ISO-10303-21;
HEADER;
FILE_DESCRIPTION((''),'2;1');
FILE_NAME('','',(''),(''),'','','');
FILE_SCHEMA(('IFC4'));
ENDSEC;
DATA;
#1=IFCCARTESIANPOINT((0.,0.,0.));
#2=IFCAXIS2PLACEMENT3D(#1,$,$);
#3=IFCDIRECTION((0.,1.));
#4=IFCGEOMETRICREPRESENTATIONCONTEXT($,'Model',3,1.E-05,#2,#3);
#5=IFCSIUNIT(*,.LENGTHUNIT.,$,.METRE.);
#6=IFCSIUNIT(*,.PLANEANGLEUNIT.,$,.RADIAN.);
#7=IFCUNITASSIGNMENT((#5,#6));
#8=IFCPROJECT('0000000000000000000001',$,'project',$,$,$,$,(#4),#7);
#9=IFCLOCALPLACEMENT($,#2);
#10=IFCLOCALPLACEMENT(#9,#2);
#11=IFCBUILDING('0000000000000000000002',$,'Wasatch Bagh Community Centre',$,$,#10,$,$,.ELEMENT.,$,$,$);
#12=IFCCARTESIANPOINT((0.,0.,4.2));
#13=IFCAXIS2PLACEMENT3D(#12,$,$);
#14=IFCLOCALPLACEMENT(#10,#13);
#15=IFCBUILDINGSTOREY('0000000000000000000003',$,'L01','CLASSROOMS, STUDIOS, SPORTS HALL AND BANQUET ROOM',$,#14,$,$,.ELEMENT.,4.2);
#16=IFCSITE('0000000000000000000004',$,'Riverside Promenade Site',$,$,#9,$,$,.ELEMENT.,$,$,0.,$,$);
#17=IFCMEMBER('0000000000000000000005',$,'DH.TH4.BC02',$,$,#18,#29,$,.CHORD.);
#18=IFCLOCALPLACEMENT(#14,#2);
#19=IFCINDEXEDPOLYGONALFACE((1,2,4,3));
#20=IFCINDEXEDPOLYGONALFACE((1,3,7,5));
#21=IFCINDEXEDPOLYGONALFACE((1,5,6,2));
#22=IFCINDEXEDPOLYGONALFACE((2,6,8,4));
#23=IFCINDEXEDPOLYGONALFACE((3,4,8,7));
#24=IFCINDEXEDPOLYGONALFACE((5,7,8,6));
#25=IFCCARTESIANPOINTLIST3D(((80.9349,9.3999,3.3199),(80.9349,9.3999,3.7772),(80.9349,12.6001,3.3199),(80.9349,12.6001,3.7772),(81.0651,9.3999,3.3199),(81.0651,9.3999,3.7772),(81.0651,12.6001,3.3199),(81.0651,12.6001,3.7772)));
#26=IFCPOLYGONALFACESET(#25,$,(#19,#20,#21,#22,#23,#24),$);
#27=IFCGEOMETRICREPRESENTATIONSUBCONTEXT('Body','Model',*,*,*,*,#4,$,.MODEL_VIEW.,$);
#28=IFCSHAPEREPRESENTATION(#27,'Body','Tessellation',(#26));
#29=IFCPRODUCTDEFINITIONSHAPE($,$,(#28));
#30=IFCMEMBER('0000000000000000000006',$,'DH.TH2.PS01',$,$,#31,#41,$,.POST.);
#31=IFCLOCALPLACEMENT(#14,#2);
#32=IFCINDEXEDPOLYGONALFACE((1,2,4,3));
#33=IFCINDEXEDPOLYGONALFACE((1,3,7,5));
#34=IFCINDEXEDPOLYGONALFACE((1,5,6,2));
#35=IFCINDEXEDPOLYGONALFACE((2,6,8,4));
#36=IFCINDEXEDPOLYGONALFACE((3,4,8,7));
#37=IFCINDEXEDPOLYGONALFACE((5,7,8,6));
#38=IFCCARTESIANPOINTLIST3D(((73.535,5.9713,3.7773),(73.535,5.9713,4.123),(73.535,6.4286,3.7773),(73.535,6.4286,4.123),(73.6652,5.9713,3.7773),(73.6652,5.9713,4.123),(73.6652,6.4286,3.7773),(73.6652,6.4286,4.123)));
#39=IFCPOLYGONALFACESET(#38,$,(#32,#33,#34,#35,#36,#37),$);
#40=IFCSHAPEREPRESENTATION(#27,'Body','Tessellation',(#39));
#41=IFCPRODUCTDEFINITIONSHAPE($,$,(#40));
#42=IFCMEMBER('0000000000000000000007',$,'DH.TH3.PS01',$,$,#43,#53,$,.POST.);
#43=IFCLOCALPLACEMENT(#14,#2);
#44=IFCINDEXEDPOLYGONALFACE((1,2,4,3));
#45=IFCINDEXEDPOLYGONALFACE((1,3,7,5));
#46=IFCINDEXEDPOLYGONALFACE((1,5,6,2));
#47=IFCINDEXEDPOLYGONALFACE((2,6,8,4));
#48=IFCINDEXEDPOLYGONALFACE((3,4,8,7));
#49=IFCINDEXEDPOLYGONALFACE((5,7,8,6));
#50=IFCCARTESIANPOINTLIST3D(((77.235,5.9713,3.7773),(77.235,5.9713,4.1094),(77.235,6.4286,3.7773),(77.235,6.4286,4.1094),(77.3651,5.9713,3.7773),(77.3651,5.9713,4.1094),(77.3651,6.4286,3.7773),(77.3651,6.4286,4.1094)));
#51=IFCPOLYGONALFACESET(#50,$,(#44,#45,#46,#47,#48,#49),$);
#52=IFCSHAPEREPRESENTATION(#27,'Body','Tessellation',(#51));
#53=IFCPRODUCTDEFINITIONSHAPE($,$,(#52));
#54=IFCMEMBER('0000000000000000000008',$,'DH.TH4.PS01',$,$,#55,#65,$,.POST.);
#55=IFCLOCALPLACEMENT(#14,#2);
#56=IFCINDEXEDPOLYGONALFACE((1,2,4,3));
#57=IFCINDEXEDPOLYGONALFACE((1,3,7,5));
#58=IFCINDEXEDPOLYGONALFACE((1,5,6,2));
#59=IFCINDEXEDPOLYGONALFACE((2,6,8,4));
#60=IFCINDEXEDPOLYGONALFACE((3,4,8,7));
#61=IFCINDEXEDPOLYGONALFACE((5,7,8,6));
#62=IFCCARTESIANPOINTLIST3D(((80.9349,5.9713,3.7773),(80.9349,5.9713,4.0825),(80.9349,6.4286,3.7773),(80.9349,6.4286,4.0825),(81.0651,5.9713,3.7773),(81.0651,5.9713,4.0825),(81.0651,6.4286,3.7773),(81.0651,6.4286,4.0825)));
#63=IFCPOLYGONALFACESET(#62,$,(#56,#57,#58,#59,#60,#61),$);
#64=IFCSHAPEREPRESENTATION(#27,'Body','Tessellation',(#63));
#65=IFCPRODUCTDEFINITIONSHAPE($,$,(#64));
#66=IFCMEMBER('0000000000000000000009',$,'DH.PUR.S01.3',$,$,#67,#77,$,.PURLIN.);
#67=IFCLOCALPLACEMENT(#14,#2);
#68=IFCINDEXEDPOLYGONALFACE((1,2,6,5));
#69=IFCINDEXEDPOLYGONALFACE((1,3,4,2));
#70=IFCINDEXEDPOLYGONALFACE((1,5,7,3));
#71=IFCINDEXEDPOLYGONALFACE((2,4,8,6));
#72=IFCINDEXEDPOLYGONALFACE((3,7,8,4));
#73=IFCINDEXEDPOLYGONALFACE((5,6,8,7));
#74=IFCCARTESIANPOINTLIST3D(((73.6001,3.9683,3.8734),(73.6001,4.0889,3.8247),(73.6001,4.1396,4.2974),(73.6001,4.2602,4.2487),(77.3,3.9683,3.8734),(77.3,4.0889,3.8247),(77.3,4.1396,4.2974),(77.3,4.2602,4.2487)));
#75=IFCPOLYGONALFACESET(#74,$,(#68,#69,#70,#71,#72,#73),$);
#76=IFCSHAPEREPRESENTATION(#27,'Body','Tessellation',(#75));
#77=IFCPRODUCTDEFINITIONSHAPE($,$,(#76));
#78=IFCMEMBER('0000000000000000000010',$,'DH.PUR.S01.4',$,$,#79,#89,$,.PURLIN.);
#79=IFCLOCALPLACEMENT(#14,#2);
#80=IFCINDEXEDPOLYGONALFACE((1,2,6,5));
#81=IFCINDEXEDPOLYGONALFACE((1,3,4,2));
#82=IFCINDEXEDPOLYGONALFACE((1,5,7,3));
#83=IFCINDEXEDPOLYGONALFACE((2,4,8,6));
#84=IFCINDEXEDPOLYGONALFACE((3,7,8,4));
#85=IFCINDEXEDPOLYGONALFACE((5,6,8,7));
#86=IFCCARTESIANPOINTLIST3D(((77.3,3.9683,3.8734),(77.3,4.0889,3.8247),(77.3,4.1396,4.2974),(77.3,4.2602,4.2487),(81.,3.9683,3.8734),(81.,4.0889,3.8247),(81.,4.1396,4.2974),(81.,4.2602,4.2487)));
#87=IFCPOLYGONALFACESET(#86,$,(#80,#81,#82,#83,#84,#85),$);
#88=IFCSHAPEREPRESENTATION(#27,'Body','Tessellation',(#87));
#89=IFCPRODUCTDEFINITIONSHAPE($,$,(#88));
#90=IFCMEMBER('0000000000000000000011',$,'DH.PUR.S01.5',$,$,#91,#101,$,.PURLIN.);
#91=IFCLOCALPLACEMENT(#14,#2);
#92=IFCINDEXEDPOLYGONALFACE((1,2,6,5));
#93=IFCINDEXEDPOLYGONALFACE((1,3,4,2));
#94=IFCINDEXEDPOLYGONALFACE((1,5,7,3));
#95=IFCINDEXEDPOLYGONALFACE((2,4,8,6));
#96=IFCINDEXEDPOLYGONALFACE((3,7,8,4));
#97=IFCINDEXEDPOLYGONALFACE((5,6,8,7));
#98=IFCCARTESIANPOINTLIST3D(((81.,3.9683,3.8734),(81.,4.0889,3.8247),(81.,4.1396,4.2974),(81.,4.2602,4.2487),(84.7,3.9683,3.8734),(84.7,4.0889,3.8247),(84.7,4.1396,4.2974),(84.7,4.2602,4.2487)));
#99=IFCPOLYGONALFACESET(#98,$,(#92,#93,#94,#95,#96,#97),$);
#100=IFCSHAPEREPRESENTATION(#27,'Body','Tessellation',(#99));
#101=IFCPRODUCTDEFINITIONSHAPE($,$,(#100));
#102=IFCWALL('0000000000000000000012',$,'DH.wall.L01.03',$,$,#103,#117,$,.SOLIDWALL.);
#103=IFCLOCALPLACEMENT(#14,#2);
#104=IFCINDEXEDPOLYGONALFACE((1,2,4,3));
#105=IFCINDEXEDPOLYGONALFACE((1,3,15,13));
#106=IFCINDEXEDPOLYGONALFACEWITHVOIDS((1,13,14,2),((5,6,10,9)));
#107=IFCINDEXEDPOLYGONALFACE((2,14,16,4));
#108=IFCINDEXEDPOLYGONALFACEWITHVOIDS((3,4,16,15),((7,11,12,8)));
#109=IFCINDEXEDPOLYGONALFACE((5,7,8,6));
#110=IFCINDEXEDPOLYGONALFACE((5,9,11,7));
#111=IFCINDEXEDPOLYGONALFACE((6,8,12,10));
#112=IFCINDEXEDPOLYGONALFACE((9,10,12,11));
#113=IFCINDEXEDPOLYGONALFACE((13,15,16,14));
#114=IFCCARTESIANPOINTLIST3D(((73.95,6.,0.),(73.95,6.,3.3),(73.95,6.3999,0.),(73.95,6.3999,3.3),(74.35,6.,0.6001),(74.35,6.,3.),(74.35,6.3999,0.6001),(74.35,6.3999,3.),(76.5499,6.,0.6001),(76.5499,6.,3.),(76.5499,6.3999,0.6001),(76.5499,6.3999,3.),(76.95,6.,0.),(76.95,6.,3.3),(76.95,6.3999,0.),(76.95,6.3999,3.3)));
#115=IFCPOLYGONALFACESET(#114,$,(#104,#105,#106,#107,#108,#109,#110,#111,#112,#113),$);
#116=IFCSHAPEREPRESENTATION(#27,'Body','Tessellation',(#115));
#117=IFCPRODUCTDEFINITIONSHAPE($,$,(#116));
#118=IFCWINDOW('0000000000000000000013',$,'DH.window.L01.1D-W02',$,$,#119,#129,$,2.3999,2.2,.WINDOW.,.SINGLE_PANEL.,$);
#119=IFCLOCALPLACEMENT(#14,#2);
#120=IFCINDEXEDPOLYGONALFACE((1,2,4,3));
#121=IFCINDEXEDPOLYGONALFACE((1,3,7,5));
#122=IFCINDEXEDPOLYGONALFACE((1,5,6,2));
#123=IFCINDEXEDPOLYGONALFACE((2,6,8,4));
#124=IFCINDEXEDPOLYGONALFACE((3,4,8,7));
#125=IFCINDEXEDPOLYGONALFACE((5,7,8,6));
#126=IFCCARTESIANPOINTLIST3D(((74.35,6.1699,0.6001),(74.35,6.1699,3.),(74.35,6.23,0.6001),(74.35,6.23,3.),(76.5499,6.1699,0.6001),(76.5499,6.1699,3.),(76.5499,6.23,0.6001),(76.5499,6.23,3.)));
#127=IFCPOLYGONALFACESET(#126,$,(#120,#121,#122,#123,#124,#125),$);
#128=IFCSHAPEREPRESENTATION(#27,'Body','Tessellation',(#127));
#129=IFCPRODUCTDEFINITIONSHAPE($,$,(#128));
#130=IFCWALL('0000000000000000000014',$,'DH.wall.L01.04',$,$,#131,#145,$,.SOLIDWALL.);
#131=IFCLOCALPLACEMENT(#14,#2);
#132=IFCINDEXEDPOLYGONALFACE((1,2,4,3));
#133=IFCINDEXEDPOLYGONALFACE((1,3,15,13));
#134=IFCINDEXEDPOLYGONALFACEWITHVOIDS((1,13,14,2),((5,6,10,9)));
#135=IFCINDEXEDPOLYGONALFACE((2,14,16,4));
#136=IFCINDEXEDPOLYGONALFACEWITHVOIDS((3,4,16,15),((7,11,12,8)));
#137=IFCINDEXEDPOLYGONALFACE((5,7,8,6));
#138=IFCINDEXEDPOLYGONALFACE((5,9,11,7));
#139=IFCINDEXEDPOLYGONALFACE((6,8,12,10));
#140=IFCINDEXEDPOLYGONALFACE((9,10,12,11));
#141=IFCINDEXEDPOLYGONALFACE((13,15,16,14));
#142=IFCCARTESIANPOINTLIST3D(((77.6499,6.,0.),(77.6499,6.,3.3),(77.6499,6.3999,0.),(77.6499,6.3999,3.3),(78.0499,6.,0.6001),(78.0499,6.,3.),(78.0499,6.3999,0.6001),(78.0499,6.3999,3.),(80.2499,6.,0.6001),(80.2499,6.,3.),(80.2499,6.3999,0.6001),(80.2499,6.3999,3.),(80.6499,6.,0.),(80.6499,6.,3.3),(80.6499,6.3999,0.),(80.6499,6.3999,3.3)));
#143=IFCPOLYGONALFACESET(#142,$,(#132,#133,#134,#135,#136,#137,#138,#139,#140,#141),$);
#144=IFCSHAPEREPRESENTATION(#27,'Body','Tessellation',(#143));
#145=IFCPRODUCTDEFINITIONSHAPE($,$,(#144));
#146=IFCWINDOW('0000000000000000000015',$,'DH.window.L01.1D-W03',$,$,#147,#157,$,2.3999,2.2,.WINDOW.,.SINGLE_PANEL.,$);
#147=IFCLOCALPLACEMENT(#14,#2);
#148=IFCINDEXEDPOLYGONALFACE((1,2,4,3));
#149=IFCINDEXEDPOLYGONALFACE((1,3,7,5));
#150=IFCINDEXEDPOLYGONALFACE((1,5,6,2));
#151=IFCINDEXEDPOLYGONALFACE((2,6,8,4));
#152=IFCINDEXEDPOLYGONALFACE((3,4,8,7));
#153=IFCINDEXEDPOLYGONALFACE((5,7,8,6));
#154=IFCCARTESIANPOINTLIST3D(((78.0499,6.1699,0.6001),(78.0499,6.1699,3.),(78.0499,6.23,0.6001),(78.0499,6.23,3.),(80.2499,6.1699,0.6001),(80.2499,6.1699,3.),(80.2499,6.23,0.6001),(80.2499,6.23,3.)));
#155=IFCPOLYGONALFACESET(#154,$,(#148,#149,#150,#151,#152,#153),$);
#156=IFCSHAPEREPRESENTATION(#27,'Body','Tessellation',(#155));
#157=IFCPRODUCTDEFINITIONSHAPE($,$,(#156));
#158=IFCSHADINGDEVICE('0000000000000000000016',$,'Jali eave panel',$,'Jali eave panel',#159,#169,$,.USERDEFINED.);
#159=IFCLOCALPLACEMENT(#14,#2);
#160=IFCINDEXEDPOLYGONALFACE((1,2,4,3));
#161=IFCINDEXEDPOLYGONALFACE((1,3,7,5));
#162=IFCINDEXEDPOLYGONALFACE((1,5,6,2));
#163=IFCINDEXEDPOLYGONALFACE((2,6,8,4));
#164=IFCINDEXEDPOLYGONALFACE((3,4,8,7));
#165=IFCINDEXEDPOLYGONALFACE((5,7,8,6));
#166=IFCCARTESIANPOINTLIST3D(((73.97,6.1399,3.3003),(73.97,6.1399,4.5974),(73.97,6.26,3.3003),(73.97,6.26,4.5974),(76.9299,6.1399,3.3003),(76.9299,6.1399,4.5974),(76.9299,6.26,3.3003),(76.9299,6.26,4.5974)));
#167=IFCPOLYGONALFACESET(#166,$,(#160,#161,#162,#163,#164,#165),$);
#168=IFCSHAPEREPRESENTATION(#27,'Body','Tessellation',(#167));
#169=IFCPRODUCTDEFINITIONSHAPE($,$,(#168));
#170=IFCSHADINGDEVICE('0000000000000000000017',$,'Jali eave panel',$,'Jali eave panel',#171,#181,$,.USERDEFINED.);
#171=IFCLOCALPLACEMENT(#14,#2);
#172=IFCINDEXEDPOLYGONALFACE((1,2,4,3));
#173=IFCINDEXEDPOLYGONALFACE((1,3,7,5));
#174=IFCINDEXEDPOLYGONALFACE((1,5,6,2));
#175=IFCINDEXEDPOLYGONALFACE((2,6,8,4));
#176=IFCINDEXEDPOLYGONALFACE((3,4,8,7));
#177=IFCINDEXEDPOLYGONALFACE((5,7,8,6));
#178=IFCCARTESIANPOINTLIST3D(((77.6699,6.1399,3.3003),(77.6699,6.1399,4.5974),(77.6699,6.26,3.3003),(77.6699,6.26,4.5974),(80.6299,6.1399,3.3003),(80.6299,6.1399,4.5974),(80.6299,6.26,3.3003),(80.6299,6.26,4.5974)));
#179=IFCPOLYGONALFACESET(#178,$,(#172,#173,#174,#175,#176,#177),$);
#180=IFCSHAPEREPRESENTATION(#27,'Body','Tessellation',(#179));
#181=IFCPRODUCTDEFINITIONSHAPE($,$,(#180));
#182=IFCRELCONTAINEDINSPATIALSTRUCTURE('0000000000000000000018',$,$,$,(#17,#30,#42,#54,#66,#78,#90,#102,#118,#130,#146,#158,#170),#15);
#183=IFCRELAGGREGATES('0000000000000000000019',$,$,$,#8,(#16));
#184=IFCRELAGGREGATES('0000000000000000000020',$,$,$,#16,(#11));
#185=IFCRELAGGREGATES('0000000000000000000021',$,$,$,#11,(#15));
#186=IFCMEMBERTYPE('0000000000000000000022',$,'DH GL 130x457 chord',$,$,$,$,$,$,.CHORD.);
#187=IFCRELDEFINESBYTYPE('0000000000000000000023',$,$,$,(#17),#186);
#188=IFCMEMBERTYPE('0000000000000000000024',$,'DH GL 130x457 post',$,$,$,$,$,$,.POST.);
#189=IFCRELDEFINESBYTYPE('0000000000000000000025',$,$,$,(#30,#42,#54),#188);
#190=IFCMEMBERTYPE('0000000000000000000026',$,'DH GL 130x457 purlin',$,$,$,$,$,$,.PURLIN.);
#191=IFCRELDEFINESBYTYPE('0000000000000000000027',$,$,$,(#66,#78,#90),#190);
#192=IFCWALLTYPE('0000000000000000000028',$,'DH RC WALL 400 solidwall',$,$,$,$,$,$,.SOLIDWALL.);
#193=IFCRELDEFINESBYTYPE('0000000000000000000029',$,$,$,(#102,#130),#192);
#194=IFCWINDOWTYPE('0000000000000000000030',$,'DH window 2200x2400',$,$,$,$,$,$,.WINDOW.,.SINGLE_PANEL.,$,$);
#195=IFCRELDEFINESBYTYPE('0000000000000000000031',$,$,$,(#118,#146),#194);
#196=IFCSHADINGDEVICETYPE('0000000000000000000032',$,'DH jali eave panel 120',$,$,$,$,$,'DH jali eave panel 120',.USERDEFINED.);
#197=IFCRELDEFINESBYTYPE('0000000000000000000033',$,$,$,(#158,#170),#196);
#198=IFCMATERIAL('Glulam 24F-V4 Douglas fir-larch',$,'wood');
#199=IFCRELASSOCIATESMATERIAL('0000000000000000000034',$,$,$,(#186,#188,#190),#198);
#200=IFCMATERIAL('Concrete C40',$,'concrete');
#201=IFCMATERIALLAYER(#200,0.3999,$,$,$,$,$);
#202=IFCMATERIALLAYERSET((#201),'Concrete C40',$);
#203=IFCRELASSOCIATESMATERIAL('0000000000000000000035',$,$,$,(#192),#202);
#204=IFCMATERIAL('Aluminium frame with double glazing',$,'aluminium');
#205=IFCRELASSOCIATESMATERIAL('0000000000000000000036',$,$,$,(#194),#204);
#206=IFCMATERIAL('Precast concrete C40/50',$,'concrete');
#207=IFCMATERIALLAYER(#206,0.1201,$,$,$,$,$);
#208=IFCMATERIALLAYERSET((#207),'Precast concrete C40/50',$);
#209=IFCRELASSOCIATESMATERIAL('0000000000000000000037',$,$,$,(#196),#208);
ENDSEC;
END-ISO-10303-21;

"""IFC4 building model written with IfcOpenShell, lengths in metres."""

from ifc_helpers import new_model, si_unit, direction, frame, frame_2d, origin, origin_2d, place, context, subcontext, project, spatial, rectangle, extrude, material, layer, layer_set, material_profile, profile_set, type_object, element, fill, save


model = new_model("IFC4")

# Units and contexts
model_context = context("Model", 3, precision=1e-05, world=origin(), true_north=direction((0.0, 1.0)))
body_context = subcontext(model_context, "Body", "Model", "MODEL_VIEW")
ifc_project = project(units=[si_unit("LENGTHUNIT", "METRE"), si_unit("PLANEANGLEUNIT", "RADIAN")], contexts=[model_context])

# Site, building, storey
site_placement = place(None, origin())
site = spatial("IfcSite", under=ifc_project, at=site_placement, Name="Riverside Promenade Site", CompositionType="ELEMENT", RefElevation=0.0)
building_placement = place(site_placement, origin())
building = spatial("IfcBuilding", under=site, at=building_placement, Name="Wasatch Bagh Community Centre", CompositionType="ELEMENT")
storey_placement = place(building_placement, frame((0.0, 0.0, 4.2)))
storey = spatial("IfcBuildingStorey", under=building, at=storey_placement, Name="L01", Description="CLASSROOMS, STUDIOS, SPORTS HALL AND BANQUET ROOM", CompositionType="ELEMENT", Elevation=4.2)

# Shared definitions
ifc_material_1 = material(Name="Concrete C40", Category="concrete")

# Members
ifc_material_2 = material(Name="Glulam 24F-V4 Douglas fir-larch", Category="wood")
ifc_material_profile_1 = material_profile(ifc_material_2, rectangle(XDim=0.1301, YDim=0.4573, at=origin_2d()), Name="GL 130x457")
ifc_profile_set_1 = profile_set([ifc_material_profile_1], Name="Glulam 24F-V4 Douglas fir-larch")
member_type_1 = type_object("IfcMemberType", Name="DH GL 130x457 chord", PredefinedType="CHORD", material=ifc_profile_set_1)
member_1_placement = place(storey_placement, frame((81.0, 9.3999, 3.5486), z_axis=(0.0, 1.0, 0.0), x_axis=(-1.0, 0.0, 0.0)))
element("IfcMember", 1, at=member_1_placement, inside=storey, type_object=member_type_1, Name="DH.TH4.BC02", PredefinedType="CHORD", context=body_context, shape_type="SweptSolid", body=[
    extrude(rectangle(XDim=0.1301, YDim=0.4573, at=origin_2d()), origin(), (0.0, 0.0, 1.0), 3.2002),
])
ifc_material_profile_2 = material_profile(ifc_material_2, rectangle(XDim=0.1301, YDim=0.4573, at=origin_2d()), Name="GL 130x457")
ifc_profile_set_2 = profile_set([ifc_material_profile_2], Name="Glulam 24F-V4 Douglas fir-larch")
member_type_2 = type_object("IfcMemberType", Name="DH GL 130x457 post", PredefinedType="POST", material=ifc_profile_set_2)
member_2_placement = place(storey_placement, frame((73.6001, 6.2, 3.7773), z_axis=(0.0, 0.0, 1.0), x_axis=(1.0, 0.0, 0.0)))
element("IfcMember", 2, at=member_2_placement, inside=storey, type_object=member_type_2, Name="DH.TH2.PS01", PredefinedType="POST", context=body_context, shape_type="SweptSolid", body=[
    extrude(rectangle(XDim=0.1301, YDim=0.4573, at=origin_2d()), origin(), (0.0, 0.0, 1.0), 0.3457),
])
member_3_placement = place(storey_placement, frame((77.3, 6.2, 3.7773), z_axis=(0.0, 0.0, 1.0), x_axis=(1.0, 0.0, 0.0)))
element("IfcMember", 3, at=member_3_placement, inside=storey, type_object=member_type_2, Name="DH.TH3.PS01", PredefinedType="POST", context=body_context, shape_type="SweptSolid", body=[
    extrude(rectangle(XDim=0.1301, YDim=0.4573, at=origin_2d()), origin(), (0.0, 0.0, 1.0), 0.332),
])
member_4_placement = place(storey_placement, frame((81.0, 6.2, 3.7773), z_axis=(0.0, 0.0, 1.0), x_axis=(1.0, 0.0, 0.0)))
element("IfcMember", 4, at=member_4_placement, inside=storey, type_object=member_type_2, Name="DH.TH4.PS01", PredefinedType="POST", context=body_context, shape_type="SweptSolid", body=[
    extrude(rectangle(XDim=0.1301, YDim=0.4573, at=origin_2d()), origin(), (0.0, 0.0, 1.0), 0.3052),
])
ifc_material_profile_3 = material_profile(ifc_material_2, rectangle(XDim=0.1301, YDim=0.4573, at=origin_2d()), Name="GL 130x457")
ifc_profile_set_3 = profile_set([ifc_material_profile_3], Name="Glulam 24F-V4 Douglas fir-larch")
member_type_3 = type_object("IfcMemberType", Name="DH GL 130x457 purlin", PredefinedType="PURLIN", material=ifc_profile_set_3)
for number, where, z_axis, x_axis, name in (
    (5, (73.6001, 4.1143, 4.061), (1.0, 0.0, 0.0), (0.0, 0.927184, -0.374607), "DH.PUR.S01.3"),
    (6, (77.3, 4.1143, 4.061), (1.0, 0.0, 0.0), (0.0, 0.927184, -0.374607), "DH.PUR.S01.4"),
    (7, (81.0, 4.1143, 4.061), (1.0, 0.0, 0.0), (0.0, 0.927184, -0.374607), "DH.PUR.S01.5"),
):
    element("IfcMember", number, at=place(storey_placement, frame(where, z_axis=z_axis, x_axis=x_axis)), inside=storey, type_object=member_type_3, Name=name, PredefinedType="PURLIN", context=body_context, shape_type="SweptSolid", body=[
        extrude(rectangle(XDim=0.1301, YDim=0.4573, at=origin_2d()), origin(), (0.0, 0.0, 1.0), 3.7),
    ])

# Walls, openings, windows
ifc_layer_1 = layer(ifc_material_1, 0.3999)
ifc_layer_set_1 = layer_set([ifc_layer_1], Name="Concrete C40")
wall_type = type_object("IfcWallType", Name="DH RC WALL 400 solidwall", PredefinedType="SOLIDWALL", material=ifc_layer_set_1)
wall_1_placement = place(storey_placement, frame((76.95, 6.2, 0.0), z_axis=(0.0, 0.0, 1.0), x_axis=(-1.0, 0.0, 0.0)))
wall_1 = element("IfcWall", 8, at=wall_1_placement, inside=storey, type_object=wall_type, Name="DH.wall.L01.03", PredefinedType="SOLIDWALL", context=body_context, shape_type="SweptSolid", body=[
    extrude(rectangle(XDim=3.0, YDim=0.3999, at=frame_2d((1.5, 0.0))), origin(), (0.0, 0.0, 1.0), 3.3),
])
opening_1_placement = place(wall_1_placement, frame((0.3999, 0.0, 0.6001)))
opening_1 = element("IfcOpeningElement", 9, at=opening_1_placement, cuts=wall_1, PredefinedType="OPENING", context=body_context, shape_type="SweptSolid", body=[
    extrude(rectangle(XDim=2.2, YDim=2.3999, at=frame_2d((1.1001, 1.2))), frame((0.0, 0.21, 0.0), z_axis=(0.0, -1.0, 0.0), x_axis=(1.0, 0.0, 0.0)), (0.0, 0.0, 1.0), 0.4199),
])
ifc_material_3 = material(Name="Aluminium frame with double glazing", Category="aluminium")
window_type = type_object("IfcWindowType", Name="DH window 2200x2400", PartitioningType="SINGLE_PANEL", PredefinedType="WINDOW", material=ifc_material_3)
window_1_placement = place(opening_1_placement, origin())
window_1 = element("IfcWindow", 10, at=window_1_placement, inside=storey, type_object=window_type, Name="DH.window.L01.1D-W02", OverallHeight=2.3999, OverallWidth=2.2, PartitioningType="SINGLE_PANEL", PredefinedType="WINDOW", context=body_context, shape_type="SweptSolid", body=[
    extrude(rectangle(XDim=2.2, YDim=2.3999, at=frame_2d((1.1001, 1.2))), frame((0.0, 0.03, 0.0), z_axis=(0.0, -1.0, 0.0), x_axis=(1.0, 0.0, 0.0)), (0.0, 0.0, 1.0), 0.0601),
])
fill(opening_1, window_1)
wall_2_placement = place(storey_placement, frame((80.6499, 6.2, 0.0), z_axis=(0.0, 0.0, 1.0), x_axis=(-1.0, 0.0, 0.0)))
wall_2 = element("IfcWall", 11, at=wall_2_placement, inside=storey, type_object=wall_type, Name="DH.wall.L01.04", PredefinedType="SOLIDWALL", context=body_context, shape_type="SweptSolid", body=[
    extrude(rectangle(XDim=3.0, YDim=0.3999, at=frame_2d((1.5, 0.0))), origin(), (0.0, 0.0, 1.0), 3.3),
])
opening_2_placement = place(wall_2_placement, frame((0.3999, 0.0, 0.6001)))
opening_2 = element("IfcOpeningElement", 12, at=opening_2_placement, cuts=wall_2, PredefinedType="OPENING", context=body_context, shape_type="SweptSolid", body=[
    extrude(rectangle(XDim=2.2, YDim=2.3999, at=frame_2d((1.1001, 1.2))), frame((0.0, 0.21, 0.0), z_axis=(0.0, -1.0, 0.0), x_axis=(1.0, 0.0, 0.0)), (0.0, 0.0, 1.0), 0.4199),
])
window_2_placement = place(opening_2_placement, origin())
window_2 = element("IfcWindow", 13, at=window_2_placement, inside=storey, type_object=window_type, Name="DH.window.L01.1D-W03", OverallHeight=2.3999, OverallWidth=2.2, PartitioningType="SINGLE_PANEL", PredefinedType="WINDOW", context=body_context, shape_type="SweptSolid", body=[
    extrude(rectangle(XDim=2.2, YDim=2.3999, at=frame_2d((1.1001, 1.2))), frame((0.0, 0.03, 0.0), z_axis=(0.0, -1.0, 0.0), x_axis=(1.0, 0.0, 0.0)), (0.0, 0.0, 1.0), 0.0601),
])
fill(opening_2, window_2)

# Shading devices
ifc_material_4 = material(Name="Precast concrete C40/50", Category="concrete")
ifc_layer_2 = layer(ifc_material_4, 0.1201)
ifc_layer_set_2 = layer_set([ifc_layer_2], Name="Precast concrete C40/50")
shading_device_type = type_object("IfcShadingDeviceType", Name="DH jali eave panel 120", ElementType="DH jali eave panel 120", PredefinedType="USERDEFINED", material=ifc_layer_set_2)
for number, where, z_axis, x_axis, name in (
    (14, (75.45, 6.2, 3.3003), (0.0, 0.0, 1.0), (1.0, 0.0, 0.0), "Jali eave panel"),
    (15, (79.1499, 6.2, 3.3003), (0.0, 0.0, 1.0), (1.0, 0.0, 0.0), "Jali eave panel"),
):
    element("IfcShadingDevice", number, at=place(storey_placement, frame(where, z_axis=z_axis, x_axis=x_axis)), inside=storey, type_object=shading_device_type, Name=name, ObjectType="Jali eave panel", PredefinedType="USERDEFINED", context=body_context, shape_type="SweptSolid", body=[
        extrude(rectangle(XDim=2.96, YDim=0.1201, at=origin_2d()), origin(), (0.0, 0.0, 1.0), 1.2971),
    ])

save(model, "model.ifc")
